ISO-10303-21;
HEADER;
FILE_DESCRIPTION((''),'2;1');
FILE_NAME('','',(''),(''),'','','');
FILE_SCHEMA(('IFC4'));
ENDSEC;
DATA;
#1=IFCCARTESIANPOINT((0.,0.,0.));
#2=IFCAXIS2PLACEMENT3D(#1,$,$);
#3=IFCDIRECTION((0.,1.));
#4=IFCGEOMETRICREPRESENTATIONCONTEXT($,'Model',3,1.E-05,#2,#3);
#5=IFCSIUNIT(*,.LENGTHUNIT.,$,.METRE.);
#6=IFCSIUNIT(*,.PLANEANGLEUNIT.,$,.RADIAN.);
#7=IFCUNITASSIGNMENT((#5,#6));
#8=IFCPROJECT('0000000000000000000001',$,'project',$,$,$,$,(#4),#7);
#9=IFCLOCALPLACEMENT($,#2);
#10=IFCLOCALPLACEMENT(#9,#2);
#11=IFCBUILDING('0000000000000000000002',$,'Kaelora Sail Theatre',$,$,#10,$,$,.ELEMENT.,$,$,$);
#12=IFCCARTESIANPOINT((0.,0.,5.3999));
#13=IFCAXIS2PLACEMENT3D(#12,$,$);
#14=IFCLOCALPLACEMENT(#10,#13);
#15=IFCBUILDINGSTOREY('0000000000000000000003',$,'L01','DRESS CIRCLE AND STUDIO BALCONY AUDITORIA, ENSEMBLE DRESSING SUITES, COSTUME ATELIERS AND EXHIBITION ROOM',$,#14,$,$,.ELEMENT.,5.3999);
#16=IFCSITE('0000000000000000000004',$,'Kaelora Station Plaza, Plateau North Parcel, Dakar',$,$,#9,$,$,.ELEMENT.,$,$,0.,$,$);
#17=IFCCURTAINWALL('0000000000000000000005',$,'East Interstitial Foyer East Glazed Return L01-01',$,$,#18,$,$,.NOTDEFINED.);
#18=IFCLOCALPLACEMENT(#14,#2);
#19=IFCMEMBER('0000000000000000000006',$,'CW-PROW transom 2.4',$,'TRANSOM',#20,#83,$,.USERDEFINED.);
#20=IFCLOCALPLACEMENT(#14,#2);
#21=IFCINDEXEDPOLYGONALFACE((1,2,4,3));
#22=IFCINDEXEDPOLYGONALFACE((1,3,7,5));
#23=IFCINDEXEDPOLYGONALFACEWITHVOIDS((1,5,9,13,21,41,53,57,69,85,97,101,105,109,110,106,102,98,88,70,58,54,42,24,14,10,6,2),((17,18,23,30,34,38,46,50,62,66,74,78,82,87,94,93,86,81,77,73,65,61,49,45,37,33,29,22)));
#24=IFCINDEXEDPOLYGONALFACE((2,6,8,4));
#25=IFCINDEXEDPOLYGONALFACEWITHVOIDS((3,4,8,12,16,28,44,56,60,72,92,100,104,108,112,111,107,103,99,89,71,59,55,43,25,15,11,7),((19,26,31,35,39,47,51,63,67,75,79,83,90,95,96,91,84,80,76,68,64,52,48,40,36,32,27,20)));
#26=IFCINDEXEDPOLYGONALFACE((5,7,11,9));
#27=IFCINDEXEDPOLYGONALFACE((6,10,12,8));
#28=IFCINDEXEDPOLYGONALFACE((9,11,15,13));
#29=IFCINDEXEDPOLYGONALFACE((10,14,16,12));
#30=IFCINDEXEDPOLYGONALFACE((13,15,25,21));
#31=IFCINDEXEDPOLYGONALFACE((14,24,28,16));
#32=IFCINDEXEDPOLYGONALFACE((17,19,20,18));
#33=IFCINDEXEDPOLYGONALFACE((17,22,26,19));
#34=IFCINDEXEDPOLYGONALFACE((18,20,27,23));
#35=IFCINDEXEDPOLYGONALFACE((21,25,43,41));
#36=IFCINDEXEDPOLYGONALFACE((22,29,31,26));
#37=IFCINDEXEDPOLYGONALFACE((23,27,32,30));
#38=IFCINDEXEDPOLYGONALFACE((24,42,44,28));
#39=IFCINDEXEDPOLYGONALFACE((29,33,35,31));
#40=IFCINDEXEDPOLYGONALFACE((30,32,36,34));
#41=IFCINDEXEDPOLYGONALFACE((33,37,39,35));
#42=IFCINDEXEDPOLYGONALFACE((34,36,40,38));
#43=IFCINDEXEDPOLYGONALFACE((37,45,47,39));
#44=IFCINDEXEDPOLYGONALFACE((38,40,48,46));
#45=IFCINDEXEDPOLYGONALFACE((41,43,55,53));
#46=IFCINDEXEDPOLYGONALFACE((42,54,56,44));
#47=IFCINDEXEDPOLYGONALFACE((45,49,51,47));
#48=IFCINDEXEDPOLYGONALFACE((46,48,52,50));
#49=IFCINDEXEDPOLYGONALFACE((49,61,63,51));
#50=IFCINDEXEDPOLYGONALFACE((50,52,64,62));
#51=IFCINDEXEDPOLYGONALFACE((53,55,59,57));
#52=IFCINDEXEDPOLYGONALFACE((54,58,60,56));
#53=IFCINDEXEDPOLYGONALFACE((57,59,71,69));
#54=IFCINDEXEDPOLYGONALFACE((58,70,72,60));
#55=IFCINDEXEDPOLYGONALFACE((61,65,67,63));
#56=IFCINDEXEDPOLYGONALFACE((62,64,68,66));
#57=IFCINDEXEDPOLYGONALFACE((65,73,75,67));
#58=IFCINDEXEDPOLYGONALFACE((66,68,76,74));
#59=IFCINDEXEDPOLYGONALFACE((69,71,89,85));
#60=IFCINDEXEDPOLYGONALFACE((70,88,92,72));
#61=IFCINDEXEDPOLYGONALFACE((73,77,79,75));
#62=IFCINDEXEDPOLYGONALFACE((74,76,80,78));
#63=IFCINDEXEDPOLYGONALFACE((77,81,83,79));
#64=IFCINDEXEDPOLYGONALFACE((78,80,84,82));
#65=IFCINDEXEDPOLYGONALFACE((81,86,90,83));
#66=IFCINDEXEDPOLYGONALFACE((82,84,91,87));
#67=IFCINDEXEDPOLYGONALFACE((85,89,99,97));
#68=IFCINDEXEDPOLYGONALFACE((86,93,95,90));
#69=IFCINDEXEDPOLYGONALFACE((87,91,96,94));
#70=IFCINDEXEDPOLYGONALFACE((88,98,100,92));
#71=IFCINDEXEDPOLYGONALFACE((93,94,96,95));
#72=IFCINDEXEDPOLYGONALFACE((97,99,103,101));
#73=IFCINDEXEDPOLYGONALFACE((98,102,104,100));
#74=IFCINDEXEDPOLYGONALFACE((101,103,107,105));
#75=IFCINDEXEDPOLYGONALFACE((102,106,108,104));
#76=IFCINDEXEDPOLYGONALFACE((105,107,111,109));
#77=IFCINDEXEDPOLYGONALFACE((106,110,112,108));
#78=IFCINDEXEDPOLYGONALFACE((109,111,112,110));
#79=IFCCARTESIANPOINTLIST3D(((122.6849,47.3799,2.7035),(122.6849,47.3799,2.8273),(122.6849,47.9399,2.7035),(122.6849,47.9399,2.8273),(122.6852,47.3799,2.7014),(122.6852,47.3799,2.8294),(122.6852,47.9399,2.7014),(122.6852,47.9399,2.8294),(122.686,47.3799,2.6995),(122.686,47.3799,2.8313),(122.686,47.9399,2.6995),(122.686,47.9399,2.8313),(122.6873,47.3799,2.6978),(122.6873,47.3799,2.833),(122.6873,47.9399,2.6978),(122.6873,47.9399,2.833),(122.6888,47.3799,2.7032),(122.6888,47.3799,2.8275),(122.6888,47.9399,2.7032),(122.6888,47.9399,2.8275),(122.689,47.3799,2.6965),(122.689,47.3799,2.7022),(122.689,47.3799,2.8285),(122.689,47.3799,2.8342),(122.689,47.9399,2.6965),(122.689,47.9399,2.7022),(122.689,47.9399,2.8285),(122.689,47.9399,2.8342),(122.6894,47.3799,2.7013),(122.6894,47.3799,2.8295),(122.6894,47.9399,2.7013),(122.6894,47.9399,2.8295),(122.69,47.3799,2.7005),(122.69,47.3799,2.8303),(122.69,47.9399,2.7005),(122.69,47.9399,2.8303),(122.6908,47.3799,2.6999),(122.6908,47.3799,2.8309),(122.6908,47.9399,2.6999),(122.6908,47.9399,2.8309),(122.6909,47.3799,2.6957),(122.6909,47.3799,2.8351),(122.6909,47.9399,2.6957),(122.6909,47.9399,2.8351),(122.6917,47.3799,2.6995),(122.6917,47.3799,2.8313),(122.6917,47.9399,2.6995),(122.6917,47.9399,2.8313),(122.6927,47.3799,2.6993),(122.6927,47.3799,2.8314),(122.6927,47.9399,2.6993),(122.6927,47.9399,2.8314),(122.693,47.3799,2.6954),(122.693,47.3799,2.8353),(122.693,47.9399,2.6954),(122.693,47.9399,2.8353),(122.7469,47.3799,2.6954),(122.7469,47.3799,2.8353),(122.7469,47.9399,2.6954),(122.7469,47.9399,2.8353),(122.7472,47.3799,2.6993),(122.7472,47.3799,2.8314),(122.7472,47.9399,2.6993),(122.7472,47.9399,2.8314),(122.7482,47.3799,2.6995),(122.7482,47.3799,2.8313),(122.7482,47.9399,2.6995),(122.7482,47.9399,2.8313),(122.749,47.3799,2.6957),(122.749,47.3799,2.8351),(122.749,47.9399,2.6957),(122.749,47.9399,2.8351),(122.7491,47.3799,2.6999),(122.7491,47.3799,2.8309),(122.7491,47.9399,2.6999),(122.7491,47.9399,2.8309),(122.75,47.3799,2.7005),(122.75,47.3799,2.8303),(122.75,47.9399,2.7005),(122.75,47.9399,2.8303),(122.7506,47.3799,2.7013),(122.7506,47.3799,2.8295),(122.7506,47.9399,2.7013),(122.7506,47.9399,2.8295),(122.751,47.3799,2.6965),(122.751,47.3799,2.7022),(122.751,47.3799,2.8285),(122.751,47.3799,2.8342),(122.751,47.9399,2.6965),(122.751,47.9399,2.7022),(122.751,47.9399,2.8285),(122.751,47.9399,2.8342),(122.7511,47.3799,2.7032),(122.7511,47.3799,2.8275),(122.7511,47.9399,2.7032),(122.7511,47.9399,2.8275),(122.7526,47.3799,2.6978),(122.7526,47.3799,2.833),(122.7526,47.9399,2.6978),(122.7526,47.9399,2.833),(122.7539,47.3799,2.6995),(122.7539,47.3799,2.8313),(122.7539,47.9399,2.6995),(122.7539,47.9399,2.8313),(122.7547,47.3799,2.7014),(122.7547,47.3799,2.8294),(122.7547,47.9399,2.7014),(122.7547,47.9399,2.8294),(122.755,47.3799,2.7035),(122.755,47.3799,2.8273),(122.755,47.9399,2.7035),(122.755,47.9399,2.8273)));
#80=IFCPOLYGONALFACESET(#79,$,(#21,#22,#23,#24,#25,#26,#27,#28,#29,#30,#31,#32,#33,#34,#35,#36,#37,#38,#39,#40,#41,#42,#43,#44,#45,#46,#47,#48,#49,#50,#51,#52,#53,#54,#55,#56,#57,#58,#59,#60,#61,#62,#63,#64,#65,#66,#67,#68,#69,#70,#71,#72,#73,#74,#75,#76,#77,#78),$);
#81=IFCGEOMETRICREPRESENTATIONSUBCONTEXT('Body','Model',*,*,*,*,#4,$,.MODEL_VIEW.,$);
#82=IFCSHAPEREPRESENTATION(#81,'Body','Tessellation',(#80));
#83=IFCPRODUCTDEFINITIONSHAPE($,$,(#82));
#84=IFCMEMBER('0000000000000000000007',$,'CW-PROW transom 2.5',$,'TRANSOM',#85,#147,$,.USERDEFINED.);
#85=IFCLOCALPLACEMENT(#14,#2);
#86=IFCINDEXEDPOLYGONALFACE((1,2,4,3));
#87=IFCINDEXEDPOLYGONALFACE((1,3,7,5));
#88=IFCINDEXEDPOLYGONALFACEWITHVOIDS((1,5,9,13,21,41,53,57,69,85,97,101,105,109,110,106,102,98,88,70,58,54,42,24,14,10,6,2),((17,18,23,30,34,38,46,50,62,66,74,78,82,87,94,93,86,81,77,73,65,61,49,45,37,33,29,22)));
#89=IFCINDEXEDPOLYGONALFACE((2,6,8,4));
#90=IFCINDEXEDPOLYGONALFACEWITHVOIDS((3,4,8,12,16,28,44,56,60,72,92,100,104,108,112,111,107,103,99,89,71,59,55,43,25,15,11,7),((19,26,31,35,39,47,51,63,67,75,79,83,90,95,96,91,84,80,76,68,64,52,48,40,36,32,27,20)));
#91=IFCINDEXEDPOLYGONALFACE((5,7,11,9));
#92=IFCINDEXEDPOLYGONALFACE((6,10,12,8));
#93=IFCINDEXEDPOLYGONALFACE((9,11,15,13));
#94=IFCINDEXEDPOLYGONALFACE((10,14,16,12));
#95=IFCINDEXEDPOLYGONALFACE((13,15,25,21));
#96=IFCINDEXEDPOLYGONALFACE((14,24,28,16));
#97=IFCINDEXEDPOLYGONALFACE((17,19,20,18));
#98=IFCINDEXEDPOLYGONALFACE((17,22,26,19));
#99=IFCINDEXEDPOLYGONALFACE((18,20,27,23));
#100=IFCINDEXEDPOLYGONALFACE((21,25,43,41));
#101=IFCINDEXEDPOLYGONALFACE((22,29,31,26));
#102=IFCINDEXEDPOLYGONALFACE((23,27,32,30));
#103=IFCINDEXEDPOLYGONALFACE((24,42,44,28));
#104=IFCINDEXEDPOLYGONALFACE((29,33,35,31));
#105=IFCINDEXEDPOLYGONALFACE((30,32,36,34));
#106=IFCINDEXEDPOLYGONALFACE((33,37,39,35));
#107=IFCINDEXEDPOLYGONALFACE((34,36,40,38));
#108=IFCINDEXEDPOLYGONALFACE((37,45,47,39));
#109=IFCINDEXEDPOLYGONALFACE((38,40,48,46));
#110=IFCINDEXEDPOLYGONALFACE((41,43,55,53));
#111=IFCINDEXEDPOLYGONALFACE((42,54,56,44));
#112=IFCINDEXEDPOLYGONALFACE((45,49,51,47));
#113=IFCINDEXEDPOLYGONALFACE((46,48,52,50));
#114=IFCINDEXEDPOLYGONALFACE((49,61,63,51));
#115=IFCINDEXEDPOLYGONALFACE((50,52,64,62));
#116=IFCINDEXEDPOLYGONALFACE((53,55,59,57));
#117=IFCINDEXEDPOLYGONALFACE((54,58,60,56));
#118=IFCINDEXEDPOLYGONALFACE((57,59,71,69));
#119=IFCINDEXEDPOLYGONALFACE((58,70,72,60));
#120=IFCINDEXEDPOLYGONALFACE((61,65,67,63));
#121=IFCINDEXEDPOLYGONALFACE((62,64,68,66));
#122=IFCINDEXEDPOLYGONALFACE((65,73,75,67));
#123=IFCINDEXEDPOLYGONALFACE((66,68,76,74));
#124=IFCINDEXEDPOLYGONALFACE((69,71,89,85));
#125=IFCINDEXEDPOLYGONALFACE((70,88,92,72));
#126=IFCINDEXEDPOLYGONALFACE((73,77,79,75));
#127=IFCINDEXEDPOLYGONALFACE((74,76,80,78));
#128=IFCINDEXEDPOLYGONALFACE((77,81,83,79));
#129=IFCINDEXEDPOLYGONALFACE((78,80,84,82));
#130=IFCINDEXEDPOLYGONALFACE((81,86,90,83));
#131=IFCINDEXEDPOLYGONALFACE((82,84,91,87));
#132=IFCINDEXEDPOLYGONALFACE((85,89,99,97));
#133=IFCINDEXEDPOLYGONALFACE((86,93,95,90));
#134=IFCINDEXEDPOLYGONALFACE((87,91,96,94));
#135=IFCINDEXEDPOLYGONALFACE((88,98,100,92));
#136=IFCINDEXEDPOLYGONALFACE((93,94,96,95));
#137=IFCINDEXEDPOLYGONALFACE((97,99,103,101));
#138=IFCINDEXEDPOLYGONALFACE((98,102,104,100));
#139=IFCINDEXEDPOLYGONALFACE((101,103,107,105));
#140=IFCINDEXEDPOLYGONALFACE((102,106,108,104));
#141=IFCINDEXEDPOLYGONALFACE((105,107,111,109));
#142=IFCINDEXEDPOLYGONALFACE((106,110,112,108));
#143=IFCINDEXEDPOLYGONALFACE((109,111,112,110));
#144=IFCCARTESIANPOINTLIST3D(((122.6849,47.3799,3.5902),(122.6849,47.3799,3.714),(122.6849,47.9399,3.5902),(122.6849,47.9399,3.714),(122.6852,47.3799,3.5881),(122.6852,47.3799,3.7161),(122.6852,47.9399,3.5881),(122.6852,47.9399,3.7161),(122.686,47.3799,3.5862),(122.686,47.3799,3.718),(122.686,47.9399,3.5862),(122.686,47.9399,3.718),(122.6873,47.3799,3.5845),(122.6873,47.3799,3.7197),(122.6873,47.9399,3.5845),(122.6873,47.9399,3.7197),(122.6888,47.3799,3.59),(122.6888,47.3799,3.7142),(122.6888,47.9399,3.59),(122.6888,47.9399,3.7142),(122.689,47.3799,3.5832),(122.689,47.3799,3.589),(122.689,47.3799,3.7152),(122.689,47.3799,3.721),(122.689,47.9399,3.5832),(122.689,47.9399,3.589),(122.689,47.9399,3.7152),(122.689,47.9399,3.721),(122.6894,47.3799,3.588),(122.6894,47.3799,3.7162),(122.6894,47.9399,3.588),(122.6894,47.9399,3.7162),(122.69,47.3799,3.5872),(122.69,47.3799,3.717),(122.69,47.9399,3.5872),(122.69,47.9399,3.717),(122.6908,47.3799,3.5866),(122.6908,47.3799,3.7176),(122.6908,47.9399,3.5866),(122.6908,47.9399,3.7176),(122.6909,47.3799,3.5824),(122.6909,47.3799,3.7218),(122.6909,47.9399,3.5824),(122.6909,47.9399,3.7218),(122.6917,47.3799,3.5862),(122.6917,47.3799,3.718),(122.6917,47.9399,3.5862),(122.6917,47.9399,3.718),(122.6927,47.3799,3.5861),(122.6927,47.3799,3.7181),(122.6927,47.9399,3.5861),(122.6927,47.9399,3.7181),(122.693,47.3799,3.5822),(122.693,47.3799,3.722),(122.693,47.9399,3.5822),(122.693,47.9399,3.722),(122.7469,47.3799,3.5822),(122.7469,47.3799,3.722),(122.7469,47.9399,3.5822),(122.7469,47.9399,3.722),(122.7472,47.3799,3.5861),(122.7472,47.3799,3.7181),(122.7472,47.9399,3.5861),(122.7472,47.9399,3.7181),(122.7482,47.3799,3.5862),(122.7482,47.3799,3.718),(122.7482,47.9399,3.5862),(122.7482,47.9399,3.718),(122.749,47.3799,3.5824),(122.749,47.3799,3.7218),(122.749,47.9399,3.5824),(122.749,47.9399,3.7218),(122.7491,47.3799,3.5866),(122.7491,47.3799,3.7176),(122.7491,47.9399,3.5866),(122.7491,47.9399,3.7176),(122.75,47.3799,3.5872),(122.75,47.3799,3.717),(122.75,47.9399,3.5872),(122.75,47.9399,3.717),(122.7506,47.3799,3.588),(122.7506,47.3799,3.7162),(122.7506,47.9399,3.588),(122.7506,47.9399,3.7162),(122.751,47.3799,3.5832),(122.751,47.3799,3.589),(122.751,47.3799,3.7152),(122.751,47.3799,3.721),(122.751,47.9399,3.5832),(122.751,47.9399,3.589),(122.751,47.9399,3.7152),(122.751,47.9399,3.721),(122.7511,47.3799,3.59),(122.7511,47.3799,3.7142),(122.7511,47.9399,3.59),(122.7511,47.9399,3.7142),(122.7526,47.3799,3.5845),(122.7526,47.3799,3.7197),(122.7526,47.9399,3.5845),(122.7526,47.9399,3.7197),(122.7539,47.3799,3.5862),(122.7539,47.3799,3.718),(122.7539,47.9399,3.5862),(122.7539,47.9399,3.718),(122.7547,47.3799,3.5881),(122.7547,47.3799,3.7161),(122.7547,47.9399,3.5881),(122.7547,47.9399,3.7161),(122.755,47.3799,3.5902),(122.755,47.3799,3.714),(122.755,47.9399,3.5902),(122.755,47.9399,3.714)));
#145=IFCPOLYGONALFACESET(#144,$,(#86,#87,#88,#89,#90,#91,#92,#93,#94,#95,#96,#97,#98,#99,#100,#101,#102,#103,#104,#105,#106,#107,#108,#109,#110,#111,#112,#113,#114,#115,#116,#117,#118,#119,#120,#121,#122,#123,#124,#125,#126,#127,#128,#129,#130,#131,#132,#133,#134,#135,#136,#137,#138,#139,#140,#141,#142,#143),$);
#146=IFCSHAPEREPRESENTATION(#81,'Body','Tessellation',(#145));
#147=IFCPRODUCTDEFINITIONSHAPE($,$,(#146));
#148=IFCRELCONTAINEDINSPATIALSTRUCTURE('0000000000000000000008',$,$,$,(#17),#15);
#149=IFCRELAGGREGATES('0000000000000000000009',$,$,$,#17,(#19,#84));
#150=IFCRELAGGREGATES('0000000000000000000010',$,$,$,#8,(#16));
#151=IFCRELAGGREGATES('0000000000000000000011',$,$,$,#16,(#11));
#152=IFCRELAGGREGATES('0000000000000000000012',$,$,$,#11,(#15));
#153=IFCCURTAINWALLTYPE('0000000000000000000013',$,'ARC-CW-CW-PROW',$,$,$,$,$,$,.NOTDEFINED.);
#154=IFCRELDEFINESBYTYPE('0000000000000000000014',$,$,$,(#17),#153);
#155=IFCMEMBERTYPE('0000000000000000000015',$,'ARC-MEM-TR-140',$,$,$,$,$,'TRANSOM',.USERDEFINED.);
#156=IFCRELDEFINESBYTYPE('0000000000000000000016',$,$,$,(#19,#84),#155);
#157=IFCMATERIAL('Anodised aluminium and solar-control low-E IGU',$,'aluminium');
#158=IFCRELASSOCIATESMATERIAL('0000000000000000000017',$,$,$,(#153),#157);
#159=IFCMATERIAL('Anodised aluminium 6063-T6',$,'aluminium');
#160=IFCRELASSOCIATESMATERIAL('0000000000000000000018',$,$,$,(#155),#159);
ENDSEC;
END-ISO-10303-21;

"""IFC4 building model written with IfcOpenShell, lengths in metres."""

from ifc_helpers import new_model, si_unit, direction, frame, origin, origin_2d, place, context, subcontext, project, spatial, hollow_rectangle, extrude, material, material_profile, profile_set, type_object, element, aggregate, save


model = new_model("IFC4")

# Units and contexts
model_context = context("Model", 3, precision=1e-05, world=origin(), true_north=direction((0.0, 1.0)))
body_context = subcontext(model_context, "Body", "Model", "MODEL_VIEW")
ifc_project = project(units=[si_unit("LENGTHUNIT", "METRE"), si_unit("PLANEANGLEUNIT", "RADIAN")], contexts=[model_context])

# Site, building, storey
site_placement = place(None, origin())
site = spatial("IfcSite", under=ifc_project, at=site_placement, Name="Kaelora Station Plaza, Plateau North Parcel, Dakar", CompositionType="ELEMENT", RefElevation=0.0)
building_placement = place(site_placement, origin())
building = spatial("IfcBuilding", under=site, at=building_placement, Name="Kaelora Sail Theatre", CompositionType="ELEMENT")
storey_placement = place(building_placement, frame((0.0, 0.0, 5.3999)))
storey = spatial("IfcBuildingStorey", under=building, at=storey_placement, Name="L01", Description="DRESS CIRCLE AND STUDIO BALCONY AUDITORIA, ENSEMBLE DRESSING SUITES, COSTUME ATELIERS AND EXHIBITION ROOM", CompositionType="ELEMENT", Elevation=5.3999)

# Curtain wall, members
ifc_material_1 = material(Name="Anodised aluminium and solar-control low-E IGU", Category="aluminium")
curtain_wall_type = type_object("IfcCurtainWallType", Name="ARC-CW-CW-PROW", PredefinedType="NOTDEFINED", material=ifc_material_1)
curtain_wall_1_placement = place(storey_placement, origin())
curtain_wall_1 = element("IfcCurtainWall", 1, at=curtain_wall_1_placement, inside=storey, type_object=curtain_wall_type, Name="East Interstitial Foyer East Glazed Return L01-01", PredefinedType="NOTDEFINED")
ifc_material_2 = material(Name="Anodised aluminium 6063-T6", Category="aluminium")
ifc_material_profile_1 = material_profile(ifc_material_2, hollow_rectangle(XDim=0.0701, YDim=0.1399, WallThickness=0.0039, InnerFilletRadius=0.0039, OuterFilletRadius=0.0081, at=origin_2d()), Name="ALU-TRAN 70x140x4")
ifc_profile_set_1 = profile_set([ifc_material_profile_1], Name="Anodised aluminium 6063-T6")
member_type_1 = type_object("IfcMemberType", Name="ARC-MEM-TR-140", ElementType="TRANSOM", PredefinedType="USERDEFINED", material=ifc_profile_set_1)
member_1_placement = place(storey_placement, frame((122.72, 47.3799, 2.7654), z_axis=(0.0, 1.0, 0.0), x_axis=(-1.0, 0.0, 0.0)))
member_1 = element("IfcMember", 2, at=member_1_placement, type_object=member_type_1, Name="CW-PROW transom 2.4", ObjectType="TRANSOM", PredefinedType="USERDEFINED", context=body_context, shape_type="SweptSolid", body=[
    extrude(hollow_rectangle(XDim=0.0701, YDim=0.1399, WallThickness=0.0039, InnerFilletRadius=0.0039, OuterFilletRadius=0.0081, at=origin_2d()), origin(), (0.0, 0.0, 1.0), 0.5601),
])
member_2_placement = place(storey_placement, frame((122.72, 47.3799, 3.6521), z_axis=(0.0, 1.0, 0.0), x_axis=(-1.0, 0.0, 0.0)))
member_2 = element("IfcMember", 3, at=member_2_placement, type_object=member_type_1, Name="CW-PROW transom 2.5", ObjectType="TRANSOM", PredefinedType="USERDEFINED", context=body_context, shape_type="SweptSolid", body=[
    extrude(hollow_rectangle(XDim=0.0701, YDim=0.1399, WallThickness=0.0039, InnerFilletRadius=0.0039, OuterFilletRadius=0.0081, at=origin_2d()), origin(), (0.0, 0.0, 1.0), 0.5601),
])

aggregate(curtain_wall_1, [member_1, member_2])

save(model, "model.ifc")
